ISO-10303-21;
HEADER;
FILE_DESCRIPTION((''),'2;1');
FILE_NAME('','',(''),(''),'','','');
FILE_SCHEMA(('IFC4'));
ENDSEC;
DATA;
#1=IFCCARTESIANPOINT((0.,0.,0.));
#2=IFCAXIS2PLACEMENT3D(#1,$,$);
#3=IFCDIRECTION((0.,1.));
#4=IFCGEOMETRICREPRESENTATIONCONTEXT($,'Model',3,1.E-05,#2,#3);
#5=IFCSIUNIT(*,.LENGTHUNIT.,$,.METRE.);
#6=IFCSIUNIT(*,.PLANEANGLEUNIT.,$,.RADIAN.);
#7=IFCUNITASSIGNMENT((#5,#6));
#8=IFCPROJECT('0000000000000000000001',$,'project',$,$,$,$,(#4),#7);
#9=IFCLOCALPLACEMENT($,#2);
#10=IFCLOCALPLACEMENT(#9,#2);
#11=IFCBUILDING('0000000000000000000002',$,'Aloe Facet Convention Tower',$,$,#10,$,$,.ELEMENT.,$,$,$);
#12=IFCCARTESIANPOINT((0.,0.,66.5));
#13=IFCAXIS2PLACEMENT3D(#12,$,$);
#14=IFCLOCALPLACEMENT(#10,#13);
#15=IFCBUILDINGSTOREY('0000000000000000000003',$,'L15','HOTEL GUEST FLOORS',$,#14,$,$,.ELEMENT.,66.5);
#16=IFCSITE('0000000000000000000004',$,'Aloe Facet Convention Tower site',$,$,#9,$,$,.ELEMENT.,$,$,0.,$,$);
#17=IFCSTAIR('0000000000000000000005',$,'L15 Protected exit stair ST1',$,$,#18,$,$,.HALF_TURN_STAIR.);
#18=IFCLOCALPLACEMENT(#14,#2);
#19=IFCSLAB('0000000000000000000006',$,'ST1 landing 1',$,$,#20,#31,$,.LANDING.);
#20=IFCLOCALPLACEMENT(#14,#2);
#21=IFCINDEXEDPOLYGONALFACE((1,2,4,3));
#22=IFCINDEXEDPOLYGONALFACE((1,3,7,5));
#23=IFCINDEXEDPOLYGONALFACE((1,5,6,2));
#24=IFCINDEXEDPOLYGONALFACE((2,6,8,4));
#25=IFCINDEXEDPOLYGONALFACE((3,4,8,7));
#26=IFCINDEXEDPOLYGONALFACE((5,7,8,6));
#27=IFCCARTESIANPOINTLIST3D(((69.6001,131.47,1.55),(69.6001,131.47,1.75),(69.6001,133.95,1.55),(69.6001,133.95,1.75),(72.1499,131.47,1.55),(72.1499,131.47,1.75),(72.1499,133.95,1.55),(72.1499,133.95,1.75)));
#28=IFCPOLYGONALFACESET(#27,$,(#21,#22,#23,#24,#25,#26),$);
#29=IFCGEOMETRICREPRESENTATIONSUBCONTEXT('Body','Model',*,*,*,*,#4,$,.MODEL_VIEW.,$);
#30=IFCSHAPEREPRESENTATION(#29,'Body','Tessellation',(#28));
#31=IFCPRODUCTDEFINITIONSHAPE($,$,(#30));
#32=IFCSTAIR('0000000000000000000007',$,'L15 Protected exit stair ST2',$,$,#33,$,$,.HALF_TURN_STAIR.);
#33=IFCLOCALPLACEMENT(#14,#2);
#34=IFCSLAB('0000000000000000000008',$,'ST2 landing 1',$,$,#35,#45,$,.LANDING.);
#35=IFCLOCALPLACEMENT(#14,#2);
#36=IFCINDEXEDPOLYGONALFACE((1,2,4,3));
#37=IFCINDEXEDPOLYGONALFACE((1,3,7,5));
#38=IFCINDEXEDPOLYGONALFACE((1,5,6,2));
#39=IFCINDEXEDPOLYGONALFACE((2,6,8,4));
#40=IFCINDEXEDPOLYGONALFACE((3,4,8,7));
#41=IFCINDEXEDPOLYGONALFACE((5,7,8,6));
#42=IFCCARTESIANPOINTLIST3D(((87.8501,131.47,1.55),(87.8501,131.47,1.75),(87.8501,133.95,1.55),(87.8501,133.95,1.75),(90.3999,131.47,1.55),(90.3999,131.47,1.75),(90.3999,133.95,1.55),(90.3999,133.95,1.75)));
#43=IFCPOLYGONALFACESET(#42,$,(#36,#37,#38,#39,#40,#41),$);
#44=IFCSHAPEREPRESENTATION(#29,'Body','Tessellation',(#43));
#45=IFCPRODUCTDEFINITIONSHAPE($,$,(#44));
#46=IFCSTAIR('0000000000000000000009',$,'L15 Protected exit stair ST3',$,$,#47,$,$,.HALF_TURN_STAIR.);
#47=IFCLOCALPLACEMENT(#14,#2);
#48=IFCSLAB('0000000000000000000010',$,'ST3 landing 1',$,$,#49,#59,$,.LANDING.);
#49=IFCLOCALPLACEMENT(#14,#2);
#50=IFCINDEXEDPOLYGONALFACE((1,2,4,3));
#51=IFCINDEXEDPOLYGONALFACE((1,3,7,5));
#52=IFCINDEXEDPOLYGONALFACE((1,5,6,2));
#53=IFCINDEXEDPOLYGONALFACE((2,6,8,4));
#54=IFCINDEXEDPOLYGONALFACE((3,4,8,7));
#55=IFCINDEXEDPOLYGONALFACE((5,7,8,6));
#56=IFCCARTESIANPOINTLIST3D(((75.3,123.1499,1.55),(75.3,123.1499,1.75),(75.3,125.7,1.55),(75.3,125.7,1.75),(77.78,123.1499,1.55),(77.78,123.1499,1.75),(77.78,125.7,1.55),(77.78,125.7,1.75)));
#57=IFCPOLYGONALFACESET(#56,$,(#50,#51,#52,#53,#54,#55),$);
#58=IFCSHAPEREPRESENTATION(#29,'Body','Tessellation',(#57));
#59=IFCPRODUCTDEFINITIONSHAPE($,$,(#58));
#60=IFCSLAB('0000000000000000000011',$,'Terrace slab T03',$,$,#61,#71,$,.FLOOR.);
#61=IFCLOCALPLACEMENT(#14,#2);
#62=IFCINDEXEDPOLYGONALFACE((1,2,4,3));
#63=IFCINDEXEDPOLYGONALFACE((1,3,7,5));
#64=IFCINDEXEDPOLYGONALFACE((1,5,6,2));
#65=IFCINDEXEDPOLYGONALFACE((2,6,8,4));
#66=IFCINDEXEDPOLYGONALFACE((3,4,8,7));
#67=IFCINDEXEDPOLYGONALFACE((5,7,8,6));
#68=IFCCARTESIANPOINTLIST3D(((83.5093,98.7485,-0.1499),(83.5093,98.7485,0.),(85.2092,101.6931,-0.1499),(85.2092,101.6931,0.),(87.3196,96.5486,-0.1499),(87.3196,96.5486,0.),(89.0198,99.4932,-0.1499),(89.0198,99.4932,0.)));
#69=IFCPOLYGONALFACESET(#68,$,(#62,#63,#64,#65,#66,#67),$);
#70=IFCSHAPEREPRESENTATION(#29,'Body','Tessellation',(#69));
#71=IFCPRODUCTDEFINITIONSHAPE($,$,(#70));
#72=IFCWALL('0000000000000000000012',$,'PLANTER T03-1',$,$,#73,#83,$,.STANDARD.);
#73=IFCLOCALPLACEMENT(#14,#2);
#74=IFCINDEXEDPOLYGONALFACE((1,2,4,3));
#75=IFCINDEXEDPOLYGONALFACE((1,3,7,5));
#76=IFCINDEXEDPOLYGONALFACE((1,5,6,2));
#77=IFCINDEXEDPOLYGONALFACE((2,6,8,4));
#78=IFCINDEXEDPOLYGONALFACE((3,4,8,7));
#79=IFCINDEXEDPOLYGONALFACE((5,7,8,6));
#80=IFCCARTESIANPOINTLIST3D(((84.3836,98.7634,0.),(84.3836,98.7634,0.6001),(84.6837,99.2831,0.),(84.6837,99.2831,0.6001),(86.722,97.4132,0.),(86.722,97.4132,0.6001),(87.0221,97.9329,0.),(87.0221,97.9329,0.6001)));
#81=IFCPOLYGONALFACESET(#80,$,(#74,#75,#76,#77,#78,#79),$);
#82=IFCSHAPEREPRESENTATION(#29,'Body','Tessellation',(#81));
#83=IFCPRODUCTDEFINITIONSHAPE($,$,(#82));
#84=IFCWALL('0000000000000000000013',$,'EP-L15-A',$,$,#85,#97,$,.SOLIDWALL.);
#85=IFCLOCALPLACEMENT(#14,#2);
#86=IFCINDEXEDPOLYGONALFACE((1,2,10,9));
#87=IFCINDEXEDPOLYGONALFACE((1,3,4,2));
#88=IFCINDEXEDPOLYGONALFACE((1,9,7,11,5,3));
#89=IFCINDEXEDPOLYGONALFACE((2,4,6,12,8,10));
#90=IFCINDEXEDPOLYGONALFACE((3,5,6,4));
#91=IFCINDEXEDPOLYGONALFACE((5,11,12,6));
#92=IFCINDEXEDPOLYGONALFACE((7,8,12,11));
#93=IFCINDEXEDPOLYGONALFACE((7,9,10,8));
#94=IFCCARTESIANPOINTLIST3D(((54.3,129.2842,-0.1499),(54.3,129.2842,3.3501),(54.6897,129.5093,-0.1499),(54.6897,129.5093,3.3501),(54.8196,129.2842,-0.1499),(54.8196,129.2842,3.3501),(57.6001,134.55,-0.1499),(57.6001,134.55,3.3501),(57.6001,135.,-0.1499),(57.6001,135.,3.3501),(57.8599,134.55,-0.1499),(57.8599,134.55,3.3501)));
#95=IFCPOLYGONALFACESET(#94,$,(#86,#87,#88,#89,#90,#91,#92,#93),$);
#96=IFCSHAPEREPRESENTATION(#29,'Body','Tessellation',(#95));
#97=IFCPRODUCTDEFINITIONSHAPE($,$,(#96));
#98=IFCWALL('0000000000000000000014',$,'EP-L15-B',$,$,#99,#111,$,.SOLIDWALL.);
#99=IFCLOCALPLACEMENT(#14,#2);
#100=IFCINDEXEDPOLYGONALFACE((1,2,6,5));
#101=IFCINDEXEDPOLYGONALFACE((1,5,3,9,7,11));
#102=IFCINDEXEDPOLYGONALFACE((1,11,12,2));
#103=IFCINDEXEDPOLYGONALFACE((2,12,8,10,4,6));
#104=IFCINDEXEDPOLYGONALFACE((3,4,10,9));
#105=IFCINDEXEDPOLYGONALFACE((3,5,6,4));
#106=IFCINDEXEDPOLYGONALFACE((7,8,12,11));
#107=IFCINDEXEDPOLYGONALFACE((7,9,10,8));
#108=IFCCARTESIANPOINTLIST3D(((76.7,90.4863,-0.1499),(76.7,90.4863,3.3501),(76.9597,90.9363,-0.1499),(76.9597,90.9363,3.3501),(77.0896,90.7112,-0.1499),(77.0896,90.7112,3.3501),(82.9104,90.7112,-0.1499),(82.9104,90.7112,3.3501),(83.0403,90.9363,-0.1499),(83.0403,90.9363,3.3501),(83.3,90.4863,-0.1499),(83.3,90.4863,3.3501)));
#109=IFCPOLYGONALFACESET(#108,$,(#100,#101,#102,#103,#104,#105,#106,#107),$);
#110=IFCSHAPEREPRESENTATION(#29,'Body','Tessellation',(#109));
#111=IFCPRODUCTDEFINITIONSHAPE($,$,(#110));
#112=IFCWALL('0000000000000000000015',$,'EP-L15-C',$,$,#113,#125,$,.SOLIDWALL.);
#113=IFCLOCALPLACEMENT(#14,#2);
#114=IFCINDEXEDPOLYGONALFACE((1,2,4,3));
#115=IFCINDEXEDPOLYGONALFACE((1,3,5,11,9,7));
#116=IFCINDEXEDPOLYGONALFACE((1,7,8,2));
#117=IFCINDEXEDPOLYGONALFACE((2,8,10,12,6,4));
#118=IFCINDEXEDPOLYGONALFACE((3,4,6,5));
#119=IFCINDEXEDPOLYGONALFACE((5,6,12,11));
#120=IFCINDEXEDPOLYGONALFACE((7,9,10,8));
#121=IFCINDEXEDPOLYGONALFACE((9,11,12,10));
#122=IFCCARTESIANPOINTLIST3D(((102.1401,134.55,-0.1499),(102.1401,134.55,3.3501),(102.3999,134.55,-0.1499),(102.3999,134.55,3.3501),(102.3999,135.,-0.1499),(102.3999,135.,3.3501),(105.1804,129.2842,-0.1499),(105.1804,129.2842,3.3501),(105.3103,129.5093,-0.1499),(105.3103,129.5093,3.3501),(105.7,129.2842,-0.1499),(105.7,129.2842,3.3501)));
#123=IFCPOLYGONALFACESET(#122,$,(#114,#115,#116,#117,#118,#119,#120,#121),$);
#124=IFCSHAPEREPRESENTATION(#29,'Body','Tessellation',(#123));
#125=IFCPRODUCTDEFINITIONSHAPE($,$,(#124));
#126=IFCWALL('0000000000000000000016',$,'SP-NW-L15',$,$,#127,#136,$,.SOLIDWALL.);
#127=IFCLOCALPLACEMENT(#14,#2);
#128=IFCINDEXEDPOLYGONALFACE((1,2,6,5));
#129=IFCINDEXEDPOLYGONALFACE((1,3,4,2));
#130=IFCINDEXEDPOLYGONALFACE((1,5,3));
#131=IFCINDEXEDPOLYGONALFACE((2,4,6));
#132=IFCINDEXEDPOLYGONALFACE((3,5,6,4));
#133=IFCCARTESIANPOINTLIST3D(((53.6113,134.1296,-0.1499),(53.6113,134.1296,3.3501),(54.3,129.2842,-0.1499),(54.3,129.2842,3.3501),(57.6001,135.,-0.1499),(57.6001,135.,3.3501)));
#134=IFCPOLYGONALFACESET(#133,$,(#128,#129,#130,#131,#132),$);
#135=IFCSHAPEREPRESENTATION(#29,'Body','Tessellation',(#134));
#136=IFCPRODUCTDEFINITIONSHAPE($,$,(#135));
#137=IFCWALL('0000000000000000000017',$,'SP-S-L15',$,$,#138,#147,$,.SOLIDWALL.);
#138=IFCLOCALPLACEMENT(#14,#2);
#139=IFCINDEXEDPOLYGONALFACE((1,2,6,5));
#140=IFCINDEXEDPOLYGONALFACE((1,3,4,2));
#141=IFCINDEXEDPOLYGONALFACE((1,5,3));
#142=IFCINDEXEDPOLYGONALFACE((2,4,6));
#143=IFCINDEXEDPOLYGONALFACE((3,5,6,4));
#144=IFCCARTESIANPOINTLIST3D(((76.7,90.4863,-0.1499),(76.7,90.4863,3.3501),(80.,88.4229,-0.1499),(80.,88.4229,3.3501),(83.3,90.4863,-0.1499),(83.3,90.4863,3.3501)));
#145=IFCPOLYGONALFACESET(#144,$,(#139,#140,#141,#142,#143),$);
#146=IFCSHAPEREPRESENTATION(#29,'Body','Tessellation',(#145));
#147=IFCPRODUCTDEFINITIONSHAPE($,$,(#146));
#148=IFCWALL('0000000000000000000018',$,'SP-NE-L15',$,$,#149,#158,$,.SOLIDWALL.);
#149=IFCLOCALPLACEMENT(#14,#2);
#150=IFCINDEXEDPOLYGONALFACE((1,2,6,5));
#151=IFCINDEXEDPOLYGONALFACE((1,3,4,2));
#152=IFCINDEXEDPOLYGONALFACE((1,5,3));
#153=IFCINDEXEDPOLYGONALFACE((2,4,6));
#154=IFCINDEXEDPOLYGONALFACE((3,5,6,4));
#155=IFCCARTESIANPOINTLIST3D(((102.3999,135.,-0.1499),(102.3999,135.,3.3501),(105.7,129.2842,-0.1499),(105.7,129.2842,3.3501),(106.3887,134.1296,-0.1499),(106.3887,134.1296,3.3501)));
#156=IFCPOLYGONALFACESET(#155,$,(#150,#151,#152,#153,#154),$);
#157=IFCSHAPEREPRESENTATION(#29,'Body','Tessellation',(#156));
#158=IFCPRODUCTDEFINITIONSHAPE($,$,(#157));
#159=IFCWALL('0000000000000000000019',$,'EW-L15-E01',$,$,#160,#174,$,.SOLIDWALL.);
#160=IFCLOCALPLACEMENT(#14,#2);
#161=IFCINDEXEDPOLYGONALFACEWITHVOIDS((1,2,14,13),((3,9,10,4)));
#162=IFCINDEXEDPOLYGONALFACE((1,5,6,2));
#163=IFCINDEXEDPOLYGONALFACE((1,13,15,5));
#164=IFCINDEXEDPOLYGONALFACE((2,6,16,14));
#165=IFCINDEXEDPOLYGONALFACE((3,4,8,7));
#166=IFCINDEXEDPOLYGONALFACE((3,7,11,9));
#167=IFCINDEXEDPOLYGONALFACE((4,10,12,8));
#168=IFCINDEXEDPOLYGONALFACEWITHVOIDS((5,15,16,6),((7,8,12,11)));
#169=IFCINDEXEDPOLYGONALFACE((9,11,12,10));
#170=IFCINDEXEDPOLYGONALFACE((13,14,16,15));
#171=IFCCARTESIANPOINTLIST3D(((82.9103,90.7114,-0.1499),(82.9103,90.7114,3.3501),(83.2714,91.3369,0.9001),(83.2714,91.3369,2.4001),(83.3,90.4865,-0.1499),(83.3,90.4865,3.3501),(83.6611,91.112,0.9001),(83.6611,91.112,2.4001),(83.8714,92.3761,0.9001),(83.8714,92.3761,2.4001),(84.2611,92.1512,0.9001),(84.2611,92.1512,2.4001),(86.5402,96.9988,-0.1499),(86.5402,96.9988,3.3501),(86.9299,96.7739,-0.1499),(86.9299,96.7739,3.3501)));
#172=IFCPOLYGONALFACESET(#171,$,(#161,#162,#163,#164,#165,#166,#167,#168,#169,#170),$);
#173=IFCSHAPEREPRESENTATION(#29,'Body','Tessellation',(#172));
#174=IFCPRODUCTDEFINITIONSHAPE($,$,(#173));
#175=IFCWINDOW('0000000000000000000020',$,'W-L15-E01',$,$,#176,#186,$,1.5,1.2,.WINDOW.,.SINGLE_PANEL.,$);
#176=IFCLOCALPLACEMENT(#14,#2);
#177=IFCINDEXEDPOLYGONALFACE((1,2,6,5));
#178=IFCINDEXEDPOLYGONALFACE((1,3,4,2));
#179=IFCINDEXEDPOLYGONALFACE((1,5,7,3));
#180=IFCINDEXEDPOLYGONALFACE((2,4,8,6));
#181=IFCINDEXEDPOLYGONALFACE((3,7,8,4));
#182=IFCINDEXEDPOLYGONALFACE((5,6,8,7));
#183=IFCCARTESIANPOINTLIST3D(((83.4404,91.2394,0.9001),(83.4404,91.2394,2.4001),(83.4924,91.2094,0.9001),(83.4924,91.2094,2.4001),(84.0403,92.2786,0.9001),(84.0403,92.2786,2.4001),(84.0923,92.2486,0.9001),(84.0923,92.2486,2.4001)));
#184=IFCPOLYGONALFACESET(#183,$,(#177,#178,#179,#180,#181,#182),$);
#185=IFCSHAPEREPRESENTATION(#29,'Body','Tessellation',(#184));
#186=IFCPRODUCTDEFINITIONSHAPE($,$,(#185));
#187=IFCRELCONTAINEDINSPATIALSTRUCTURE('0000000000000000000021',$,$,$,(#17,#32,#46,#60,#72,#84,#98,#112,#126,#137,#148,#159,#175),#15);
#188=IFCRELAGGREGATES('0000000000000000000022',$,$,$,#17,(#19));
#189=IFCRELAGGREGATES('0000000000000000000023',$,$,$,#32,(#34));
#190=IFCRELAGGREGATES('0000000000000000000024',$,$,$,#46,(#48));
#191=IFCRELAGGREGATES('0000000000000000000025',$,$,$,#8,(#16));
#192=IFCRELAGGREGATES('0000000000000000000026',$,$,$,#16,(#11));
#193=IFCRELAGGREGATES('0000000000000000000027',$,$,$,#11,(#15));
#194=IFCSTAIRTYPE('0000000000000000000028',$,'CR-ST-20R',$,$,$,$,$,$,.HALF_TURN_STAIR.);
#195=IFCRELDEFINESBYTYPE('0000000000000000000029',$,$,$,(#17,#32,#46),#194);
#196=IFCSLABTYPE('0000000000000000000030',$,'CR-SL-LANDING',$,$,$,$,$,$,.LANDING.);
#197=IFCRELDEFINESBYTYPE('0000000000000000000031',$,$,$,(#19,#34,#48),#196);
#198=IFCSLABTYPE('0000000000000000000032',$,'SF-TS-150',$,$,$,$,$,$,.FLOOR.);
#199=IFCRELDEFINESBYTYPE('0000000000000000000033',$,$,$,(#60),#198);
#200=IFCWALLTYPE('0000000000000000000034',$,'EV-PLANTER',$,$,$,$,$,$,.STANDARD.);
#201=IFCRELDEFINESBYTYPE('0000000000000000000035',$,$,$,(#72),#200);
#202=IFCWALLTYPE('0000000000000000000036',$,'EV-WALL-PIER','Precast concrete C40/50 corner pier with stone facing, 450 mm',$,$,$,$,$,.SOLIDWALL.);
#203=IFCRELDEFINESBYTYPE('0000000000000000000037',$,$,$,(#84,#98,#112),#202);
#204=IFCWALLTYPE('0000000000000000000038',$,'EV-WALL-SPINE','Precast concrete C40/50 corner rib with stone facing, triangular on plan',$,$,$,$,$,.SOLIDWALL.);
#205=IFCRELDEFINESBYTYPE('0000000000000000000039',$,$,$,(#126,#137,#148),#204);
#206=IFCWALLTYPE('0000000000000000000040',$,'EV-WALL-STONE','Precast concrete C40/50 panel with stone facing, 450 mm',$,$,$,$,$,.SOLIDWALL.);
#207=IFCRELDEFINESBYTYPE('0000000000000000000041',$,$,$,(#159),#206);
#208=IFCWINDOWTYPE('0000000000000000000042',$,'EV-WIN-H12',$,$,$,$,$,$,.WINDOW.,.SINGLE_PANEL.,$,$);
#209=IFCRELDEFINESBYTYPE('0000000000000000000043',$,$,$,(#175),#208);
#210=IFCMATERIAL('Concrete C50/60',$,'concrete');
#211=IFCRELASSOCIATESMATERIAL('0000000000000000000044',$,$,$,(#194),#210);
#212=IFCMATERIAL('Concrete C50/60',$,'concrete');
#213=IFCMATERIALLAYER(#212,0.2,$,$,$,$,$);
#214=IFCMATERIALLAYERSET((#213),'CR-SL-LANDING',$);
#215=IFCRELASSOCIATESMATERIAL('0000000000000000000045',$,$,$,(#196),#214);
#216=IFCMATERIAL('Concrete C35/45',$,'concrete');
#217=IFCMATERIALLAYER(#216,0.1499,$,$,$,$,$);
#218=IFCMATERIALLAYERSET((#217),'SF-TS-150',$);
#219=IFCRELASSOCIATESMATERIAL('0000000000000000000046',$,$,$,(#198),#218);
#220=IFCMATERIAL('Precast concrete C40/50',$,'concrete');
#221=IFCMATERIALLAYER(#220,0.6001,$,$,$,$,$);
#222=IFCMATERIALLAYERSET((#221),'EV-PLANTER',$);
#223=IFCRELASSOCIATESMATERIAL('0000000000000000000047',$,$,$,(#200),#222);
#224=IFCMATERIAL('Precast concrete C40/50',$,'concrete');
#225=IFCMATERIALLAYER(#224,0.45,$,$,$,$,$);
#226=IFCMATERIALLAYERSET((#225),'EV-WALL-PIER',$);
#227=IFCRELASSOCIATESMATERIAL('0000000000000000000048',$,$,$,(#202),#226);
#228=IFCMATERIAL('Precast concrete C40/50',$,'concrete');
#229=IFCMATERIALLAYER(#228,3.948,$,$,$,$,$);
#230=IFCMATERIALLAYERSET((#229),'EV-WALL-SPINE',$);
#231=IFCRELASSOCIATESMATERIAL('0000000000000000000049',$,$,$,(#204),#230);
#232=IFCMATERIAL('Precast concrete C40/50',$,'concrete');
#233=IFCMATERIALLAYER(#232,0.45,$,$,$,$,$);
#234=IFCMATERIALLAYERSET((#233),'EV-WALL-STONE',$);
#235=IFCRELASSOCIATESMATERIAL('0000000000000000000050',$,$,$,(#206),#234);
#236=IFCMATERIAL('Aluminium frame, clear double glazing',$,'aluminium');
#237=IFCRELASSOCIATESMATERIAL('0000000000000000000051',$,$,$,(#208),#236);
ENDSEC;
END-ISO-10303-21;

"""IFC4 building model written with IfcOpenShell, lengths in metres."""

from ifc_helpers import new_model, si_unit, direction, frame, frame_2d, origin, place, context, subcontext, project, spatial, polyline, rectangle, outline, extrude, material, layer, layer_set, type_object, element, fill, aggregate, save


model = new_model("IFC4")

# Units and contexts
model_context = context("Model", 3, precision=1e-05, world=origin(), true_north=direction((0.0, 1.0)))
body_context = subcontext(model_context, "Body", "Model", "MODEL_VIEW")
ifc_project = project(units=[si_unit("LENGTHUNIT", "METRE"), si_unit("PLANEANGLEUNIT", "RADIAN")], contexts=[model_context])

# Site, building, storey
site_placement = place(None, origin())
site = spatial("IfcSite", under=ifc_project, at=site_placement, Name="Aloe Facet Convention Tower site", CompositionType="ELEMENT", RefElevation=0.0)
building_placement = place(site_placement, origin())
building = spatial("IfcBuilding", under=site, at=building_placement, Name="Aloe Facet Convention Tower", CompositionType="ELEMENT")
storey_placement = place(building_placement, frame((0.0, 0.0, 66.5)))
storey = spatial("IfcBuildingStorey", under=building, at=storey_placement, Name="L15", Description="HOTEL GUEST FLOORS", CompositionType="ELEMENT", Elevation=66.5)

# Stairs, slabs
ifc_material_1 = material(Name="Concrete C50/60", Category="concrete")
stair_type = type_object("IfcStairType", Name="CR-ST-20R", PredefinedType="HALF_TURN_STAIR", material=ifc_material_1)
stair_1_placement = place(storey_placement, origin())
stair_1 = element("IfcStair", 1, at=stair_1_placement, inside=storey, type_object=stair_type, Name="L15 Protected exit stair ST1", PredefinedType="HALF_TURN_STAIR")
ifc_material_2 = material(Name="Concrete C50/60", Category="concrete")
ifc_layer_1 = layer(ifc_material_2, 0.2)
ifc_layer_set_1 = layer_set([ifc_layer_1], Name="CR-SL-LANDING")
slab_type_1 = type_object("IfcSlabType", Name="CR-SL-LANDING", PredefinedType="LANDING", material=ifc_layer_set_1)
slab_1_placement = place(storey_placement, frame((0.0, 0.0, 1.55)))
slab_1 = element("IfcSlab", 2, at=slab_1_placement, type_object=slab_type_1, Name="ST1 landing 1", PredefinedType="LANDING", context=body_context, shape_type="SweptSolid", body=[
    extrude(outline(polyline([(72.1499, 131.47), (72.1499, 133.95), (69.6001, 133.95), (69.6001, 131.47), (72.1499, 131.47)])), origin(), (0.0, 0.0, 1.0), 0.2),
])
aggregate(stair_1, [slab_1])
stair_2_placement = place(storey_placement, origin())
stair_2 = element("IfcStair", 3, at=stair_2_placement, inside=storey, type_object=stair_type, Name="L15 Protected exit stair ST2", PredefinedType="HALF_TURN_STAIR")
slab_2_placement = place(storey_placement, frame((0.0, 0.0, 1.55)))
slab_2 = element("IfcSlab", 4, at=slab_2_placement, type_object=slab_type_1, Name="ST2 landing 1", PredefinedType="LANDING", context=body_context, shape_type="SweptSolid", body=[
    extrude(outline(polyline([(90.3999, 131.47), (90.3999, 133.95), (87.8501, 133.95), (87.8501, 131.47), (90.3999, 131.47)])), origin(), (0.0, 0.0, 1.0), 0.2),
])
aggregate(stair_2, [slab_2])
stair_3_placement = place(storey_placement, origin())
stair_3 = element("IfcStair", 5, at=stair_3_placement, inside=storey, type_object=stair_type, Name="L15 Protected exit stair ST3", PredefinedType="HALF_TURN_STAIR")
slab_3_placement = place(storey_placement, frame((0.0, 0.0, 1.55)))
slab_3 = element("IfcSlab", 6, at=slab_3_placement, type_object=slab_type_1, Name="ST3 landing 1", PredefinedType="LANDING", context=body_context, shape_type="SweptSolid", body=[
    extrude(outline(polyline([(77.78, 125.7), (75.3, 125.7), (75.3, 123.1499), (77.78, 123.1499), (77.78, 125.7)])), origin(), (0.0, 0.0, 1.0), 0.2),
])
aggregate(stair_3, [slab_3])

# Slab
ifc_material_3 = material(Name="Concrete C35/45", Category="concrete")
ifc_layer_2 = layer(ifc_material_3, 0.1499)
ifc_layer_set_2 = layer_set([ifc_layer_2], Name="SF-TS-150")
slab_type_2 = type_object("IfcSlabType", Name="SF-TS-150", PredefinedType="FLOOR", material=ifc_layer_set_2)
slab_4_placement = place(storey_placement, frame((0.0, 0.0, -0.1499)))
element("IfcSlab", 7, at=slab_4_placement, inside=storey, type_object=slab_type_2, Name="Terrace slab T03", PredefinedType="FLOOR", context=body_context, shape_type="SweptSolid", body=[
    extrude(outline(polyline([(87.3196, 96.5486), (83.5093, 98.7485), (85.2092, 101.6931), (89.0198, 99.4932), (87.3196, 96.5486)])), origin(), (0.0, 0.0, 1.0), 0.1499),
])

# Walls
ifc_material_4 = material(Name="Precast concrete C40/50", Category="concrete")
ifc_layer_3 = layer(ifc_material_4, 0.6001)
ifc_layer_set_3 = layer_set([ifc_layer_3], Name="EV-PLANTER")
wall_type_1 = type_object("IfcWallType", Name="EV-PLANTER", PredefinedType="STANDARD", material=ifc_layer_set_3)
wall_1_placement = place(storey_placement, frame((86.8721, 97.6731, 0.0), z_axis=(0.0, 0.0, 1.0), x_axis=(-0.86602, 0.500009, 0.0)))
element("IfcWall", 8, at=wall_1_placement, inside=storey, type_object=wall_type_1, Name="PLANTER T03-1", PredefinedType="STANDARD", context=body_context, shape_type="SweptSolid", body=[
    extrude(rectangle(XDim=2.7002, YDim=0.6001, at=frame_2d((1.3501, 0.0))), origin(), (0.0, 0.0, 1.0), 0.6001),
])
ifc_material_5 = material(Name="Precast concrete C40/50", Category="concrete")
ifc_layer_4 = layer(ifc_material_5, 0.45)
ifc_layer_set_4 = layer_set([ifc_layer_4], Name="EV-WALL-PIER")
wall_type_2 = type_object("IfcWallType", Name="EV-WALL-PIER", Description="Precast concrete C40/50 corner pier with stone facing, 450 mm", PredefinedType="SOLIDWALL", material=ifc_layer_set_4)
wall_2_placement = place(storey_placement, frame((0.0, 0.0, -0.1499)))
element("IfcWall", 9, at=wall_2_placement, inside=storey, type_object=wall_type_2, Name="EP-L15-A", PredefinedType="SOLIDWALL", context=body_context, shape_type="SweptSolid", body=[
    extrude(outline(polyline([(57.6001, 135.0), (57.6001, 134.55), (57.8599, 134.55), (54.8196, 129.2842), (54.6897, 129.5093), (54.3, 129.2842), (57.6001, 135.0)])), origin(), (0.0, 0.0, 1.0), 3.5),
])
wall_3_placement = place(storey_placement, frame((0.0, 0.0, -0.1499)))
element("IfcWall", 10, at=wall_3_placement, inside=storey, type_object=wall_type_2, Name="EP-L15-B", PredefinedType="SOLIDWALL", context=body_context, shape_type="SweptSolid", body=[
    extrude(outline(polyline([(76.7, 90.4863), (77.0896, 90.7112), (76.9597, 90.9363), (83.0403, 90.9363), (82.9104, 90.7112), (83.3, 90.4863), (76.7, 90.4863)])), origin(), (0.0, 0.0, 1.0), 3.5),
])
wall_4_placement = place(storey_placement, frame((0.0, 0.0, -0.1499)))
element("IfcWall", 11, at=wall_4_placement, inside=storey, type_object=wall_type_2, Name="EP-L15-C", PredefinedType="SOLIDWALL", context=body_context, shape_type="SweptSolid", body=[
    extrude(outline(polyline([(105.7, 129.2842), (105.3103, 129.5093), (105.1804, 129.2842), (102.1401, 134.55), (102.3999, 134.55), (102.3999, 135.0), (105.7, 129.2842)])), origin(), (0.0, 0.0, 1.0), 3.5),
])
ifc_material_6 = material(Name="Precast concrete C40/50", Category="concrete")
ifc_layer_5 = layer(ifc_material_6, 3.948)
ifc_layer_set_5 = layer_set([ifc_layer_5], Name="EV-WALL-SPINE")
wall_type_3 = type_object("IfcWallType", Name="EV-WALL-SPINE", Description="Precast concrete C40/50 corner rib with stone facing, triangular on plan", PredefinedType="SOLIDWALL", material=ifc_layer_set_5)
wall_5_placement = place(storey_placement, frame((0.0, 0.0, -0.1499)))
element("IfcWall", 12, at=wall_5_placement, inside=storey, type_object=wall_type_3, Name="SP-NW-L15", PredefinedType="SOLIDWALL", context=body_context, shape_type="SweptSolid", body=[
    extrude(outline(polyline([(57.6001, 135.0), (53.6113, 134.1296), (54.3, 129.2842), (57.6001, 135.0)])), origin(), (0.0, 0.0, 1.0), 3.5),
])
wall_6_placement = place(storey_placement, frame((0.0, 0.0, -0.1499)))
element("IfcWall", 13, at=wall_6_placement, inside=storey, type_object=wall_type_3, Name="SP-S-L15", PredefinedType="SOLIDWALL", context=body_context, shape_type="SweptSolid", body=[
    extrude(outline(polyline([(76.7, 90.4863), (80.0, 88.4229), (83.3, 90.4863), (76.7, 90.4863)])), origin(), (0.0, 0.0, 1.0), 3.5),
])
wall_7_placement = place(storey_placement, frame((0.0, 0.0, -0.1499)))
element("IfcWall", 14, at=wall_7_placement, inside=storey, type_object=wall_type_3, Name="SP-NE-L15", PredefinedType="SOLIDWALL", context=body_context, shape_type="SweptSolid", body=[
    extrude(outline(polyline([(105.7, 129.2842), (106.3887, 134.1296), (102.3999, 135.0), (105.7, 129.2842)])), origin(), (0.0, 0.0, 1.0), 3.5),
])

# Wall, opening, window
ifc_material_7 = material(Name="Precast concrete C40/50", Category="concrete")
ifc_layer_6 = layer(ifc_material_7, 0.45)
ifc_layer_set_6 = layer_set([ifc_layer_6], Name="EV-WALL-STONE")
wall_type_4 = type_object("IfcWallType", Name="EV-WALL-STONE", Description="Precast concrete C40/50 panel with stone facing, 450 mm", PredefinedType="SOLIDWALL", material=ifc_layer_set_6)
wall_8_placement = place(storey_placement, frame((83.1052, 90.5989, -0.1499), z_axis=(0.0, 0.0, 1.0), x_axis=(0.499987, 0.866033, 0.0)))
wall_8 = element("IfcWall", 15, at=wall_8_placement, inside=storey, type_object=wall_type_4, Name="EW-L15-E01", PredefinedType="SOLIDWALL", context=body_context, shape_type="SweptSolid", body=[
    extrude(outline(polyline([(0.0, 0.0), (0.0, 3.5), (7.26, 3.5), (7.26, 0.0), (0.0, 0.0)])), frame((0.0, 0.2251, 0.0), z_axis=(0.0, -1.0, 0.0), x_axis=(1.0, 0.0, 0.0)), (0.0, 0.0, 1.0), 0.45),
])
opening_placement = place(wall_8_placement, frame((0.7222, 0.0, 1.05)))
opening = element("IfcOpeningElement", 16, at=opening_placement, cuts=wall_8, PredefinedType="OPENING", context=body_context, shape_type="SweptSolid", body=[
    extrude(rectangle(XDim=1.2, YDim=1.5, at=frame_2d((0.6001, 0.75))), frame((0.0, 0.2349, 0.0), z_axis=(0.0, -1.0, 0.0), x_axis=(1.0, 0.0, 0.0)), (0.0, 0.0, 1.0), 0.47),
])
ifc_material_8 = material(Name="Aluminium frame, clear double glazing", Category="aluminium")
window_type = type_object("IfcWindowType", Name="EV-WIN-H12", PartitioningType="SINGLE_PANEL", PredefinedType="WINDOW", material=ifc_material_8)
window_placement = place(opening_placement, origin())
window = element("IfcWindow", 17, at=window_placement, inside=storey, type_object=window_type, Name="W-L15-E01", OverallHeight=1.5, OverallWidth=1.2, PartitioningType="SINGLE_PANEL", PredefinedType="WINDOW", context=body_context, shape_type="SweptSolid", body=[
    extrude(rectangle(XDim=1.2, YDim=1.5, at=frame_2d((0.6001, 0.75))), frame((0.0, 0.03, 0.0), z_axis=(0.0, -1.0, 0.0), x_axis=(1.0, 0.0, 0.0)), (0.0, 0.0, 1.0), 0.0601),
])
fill(opening, window)

save(model, "model.ifc")
